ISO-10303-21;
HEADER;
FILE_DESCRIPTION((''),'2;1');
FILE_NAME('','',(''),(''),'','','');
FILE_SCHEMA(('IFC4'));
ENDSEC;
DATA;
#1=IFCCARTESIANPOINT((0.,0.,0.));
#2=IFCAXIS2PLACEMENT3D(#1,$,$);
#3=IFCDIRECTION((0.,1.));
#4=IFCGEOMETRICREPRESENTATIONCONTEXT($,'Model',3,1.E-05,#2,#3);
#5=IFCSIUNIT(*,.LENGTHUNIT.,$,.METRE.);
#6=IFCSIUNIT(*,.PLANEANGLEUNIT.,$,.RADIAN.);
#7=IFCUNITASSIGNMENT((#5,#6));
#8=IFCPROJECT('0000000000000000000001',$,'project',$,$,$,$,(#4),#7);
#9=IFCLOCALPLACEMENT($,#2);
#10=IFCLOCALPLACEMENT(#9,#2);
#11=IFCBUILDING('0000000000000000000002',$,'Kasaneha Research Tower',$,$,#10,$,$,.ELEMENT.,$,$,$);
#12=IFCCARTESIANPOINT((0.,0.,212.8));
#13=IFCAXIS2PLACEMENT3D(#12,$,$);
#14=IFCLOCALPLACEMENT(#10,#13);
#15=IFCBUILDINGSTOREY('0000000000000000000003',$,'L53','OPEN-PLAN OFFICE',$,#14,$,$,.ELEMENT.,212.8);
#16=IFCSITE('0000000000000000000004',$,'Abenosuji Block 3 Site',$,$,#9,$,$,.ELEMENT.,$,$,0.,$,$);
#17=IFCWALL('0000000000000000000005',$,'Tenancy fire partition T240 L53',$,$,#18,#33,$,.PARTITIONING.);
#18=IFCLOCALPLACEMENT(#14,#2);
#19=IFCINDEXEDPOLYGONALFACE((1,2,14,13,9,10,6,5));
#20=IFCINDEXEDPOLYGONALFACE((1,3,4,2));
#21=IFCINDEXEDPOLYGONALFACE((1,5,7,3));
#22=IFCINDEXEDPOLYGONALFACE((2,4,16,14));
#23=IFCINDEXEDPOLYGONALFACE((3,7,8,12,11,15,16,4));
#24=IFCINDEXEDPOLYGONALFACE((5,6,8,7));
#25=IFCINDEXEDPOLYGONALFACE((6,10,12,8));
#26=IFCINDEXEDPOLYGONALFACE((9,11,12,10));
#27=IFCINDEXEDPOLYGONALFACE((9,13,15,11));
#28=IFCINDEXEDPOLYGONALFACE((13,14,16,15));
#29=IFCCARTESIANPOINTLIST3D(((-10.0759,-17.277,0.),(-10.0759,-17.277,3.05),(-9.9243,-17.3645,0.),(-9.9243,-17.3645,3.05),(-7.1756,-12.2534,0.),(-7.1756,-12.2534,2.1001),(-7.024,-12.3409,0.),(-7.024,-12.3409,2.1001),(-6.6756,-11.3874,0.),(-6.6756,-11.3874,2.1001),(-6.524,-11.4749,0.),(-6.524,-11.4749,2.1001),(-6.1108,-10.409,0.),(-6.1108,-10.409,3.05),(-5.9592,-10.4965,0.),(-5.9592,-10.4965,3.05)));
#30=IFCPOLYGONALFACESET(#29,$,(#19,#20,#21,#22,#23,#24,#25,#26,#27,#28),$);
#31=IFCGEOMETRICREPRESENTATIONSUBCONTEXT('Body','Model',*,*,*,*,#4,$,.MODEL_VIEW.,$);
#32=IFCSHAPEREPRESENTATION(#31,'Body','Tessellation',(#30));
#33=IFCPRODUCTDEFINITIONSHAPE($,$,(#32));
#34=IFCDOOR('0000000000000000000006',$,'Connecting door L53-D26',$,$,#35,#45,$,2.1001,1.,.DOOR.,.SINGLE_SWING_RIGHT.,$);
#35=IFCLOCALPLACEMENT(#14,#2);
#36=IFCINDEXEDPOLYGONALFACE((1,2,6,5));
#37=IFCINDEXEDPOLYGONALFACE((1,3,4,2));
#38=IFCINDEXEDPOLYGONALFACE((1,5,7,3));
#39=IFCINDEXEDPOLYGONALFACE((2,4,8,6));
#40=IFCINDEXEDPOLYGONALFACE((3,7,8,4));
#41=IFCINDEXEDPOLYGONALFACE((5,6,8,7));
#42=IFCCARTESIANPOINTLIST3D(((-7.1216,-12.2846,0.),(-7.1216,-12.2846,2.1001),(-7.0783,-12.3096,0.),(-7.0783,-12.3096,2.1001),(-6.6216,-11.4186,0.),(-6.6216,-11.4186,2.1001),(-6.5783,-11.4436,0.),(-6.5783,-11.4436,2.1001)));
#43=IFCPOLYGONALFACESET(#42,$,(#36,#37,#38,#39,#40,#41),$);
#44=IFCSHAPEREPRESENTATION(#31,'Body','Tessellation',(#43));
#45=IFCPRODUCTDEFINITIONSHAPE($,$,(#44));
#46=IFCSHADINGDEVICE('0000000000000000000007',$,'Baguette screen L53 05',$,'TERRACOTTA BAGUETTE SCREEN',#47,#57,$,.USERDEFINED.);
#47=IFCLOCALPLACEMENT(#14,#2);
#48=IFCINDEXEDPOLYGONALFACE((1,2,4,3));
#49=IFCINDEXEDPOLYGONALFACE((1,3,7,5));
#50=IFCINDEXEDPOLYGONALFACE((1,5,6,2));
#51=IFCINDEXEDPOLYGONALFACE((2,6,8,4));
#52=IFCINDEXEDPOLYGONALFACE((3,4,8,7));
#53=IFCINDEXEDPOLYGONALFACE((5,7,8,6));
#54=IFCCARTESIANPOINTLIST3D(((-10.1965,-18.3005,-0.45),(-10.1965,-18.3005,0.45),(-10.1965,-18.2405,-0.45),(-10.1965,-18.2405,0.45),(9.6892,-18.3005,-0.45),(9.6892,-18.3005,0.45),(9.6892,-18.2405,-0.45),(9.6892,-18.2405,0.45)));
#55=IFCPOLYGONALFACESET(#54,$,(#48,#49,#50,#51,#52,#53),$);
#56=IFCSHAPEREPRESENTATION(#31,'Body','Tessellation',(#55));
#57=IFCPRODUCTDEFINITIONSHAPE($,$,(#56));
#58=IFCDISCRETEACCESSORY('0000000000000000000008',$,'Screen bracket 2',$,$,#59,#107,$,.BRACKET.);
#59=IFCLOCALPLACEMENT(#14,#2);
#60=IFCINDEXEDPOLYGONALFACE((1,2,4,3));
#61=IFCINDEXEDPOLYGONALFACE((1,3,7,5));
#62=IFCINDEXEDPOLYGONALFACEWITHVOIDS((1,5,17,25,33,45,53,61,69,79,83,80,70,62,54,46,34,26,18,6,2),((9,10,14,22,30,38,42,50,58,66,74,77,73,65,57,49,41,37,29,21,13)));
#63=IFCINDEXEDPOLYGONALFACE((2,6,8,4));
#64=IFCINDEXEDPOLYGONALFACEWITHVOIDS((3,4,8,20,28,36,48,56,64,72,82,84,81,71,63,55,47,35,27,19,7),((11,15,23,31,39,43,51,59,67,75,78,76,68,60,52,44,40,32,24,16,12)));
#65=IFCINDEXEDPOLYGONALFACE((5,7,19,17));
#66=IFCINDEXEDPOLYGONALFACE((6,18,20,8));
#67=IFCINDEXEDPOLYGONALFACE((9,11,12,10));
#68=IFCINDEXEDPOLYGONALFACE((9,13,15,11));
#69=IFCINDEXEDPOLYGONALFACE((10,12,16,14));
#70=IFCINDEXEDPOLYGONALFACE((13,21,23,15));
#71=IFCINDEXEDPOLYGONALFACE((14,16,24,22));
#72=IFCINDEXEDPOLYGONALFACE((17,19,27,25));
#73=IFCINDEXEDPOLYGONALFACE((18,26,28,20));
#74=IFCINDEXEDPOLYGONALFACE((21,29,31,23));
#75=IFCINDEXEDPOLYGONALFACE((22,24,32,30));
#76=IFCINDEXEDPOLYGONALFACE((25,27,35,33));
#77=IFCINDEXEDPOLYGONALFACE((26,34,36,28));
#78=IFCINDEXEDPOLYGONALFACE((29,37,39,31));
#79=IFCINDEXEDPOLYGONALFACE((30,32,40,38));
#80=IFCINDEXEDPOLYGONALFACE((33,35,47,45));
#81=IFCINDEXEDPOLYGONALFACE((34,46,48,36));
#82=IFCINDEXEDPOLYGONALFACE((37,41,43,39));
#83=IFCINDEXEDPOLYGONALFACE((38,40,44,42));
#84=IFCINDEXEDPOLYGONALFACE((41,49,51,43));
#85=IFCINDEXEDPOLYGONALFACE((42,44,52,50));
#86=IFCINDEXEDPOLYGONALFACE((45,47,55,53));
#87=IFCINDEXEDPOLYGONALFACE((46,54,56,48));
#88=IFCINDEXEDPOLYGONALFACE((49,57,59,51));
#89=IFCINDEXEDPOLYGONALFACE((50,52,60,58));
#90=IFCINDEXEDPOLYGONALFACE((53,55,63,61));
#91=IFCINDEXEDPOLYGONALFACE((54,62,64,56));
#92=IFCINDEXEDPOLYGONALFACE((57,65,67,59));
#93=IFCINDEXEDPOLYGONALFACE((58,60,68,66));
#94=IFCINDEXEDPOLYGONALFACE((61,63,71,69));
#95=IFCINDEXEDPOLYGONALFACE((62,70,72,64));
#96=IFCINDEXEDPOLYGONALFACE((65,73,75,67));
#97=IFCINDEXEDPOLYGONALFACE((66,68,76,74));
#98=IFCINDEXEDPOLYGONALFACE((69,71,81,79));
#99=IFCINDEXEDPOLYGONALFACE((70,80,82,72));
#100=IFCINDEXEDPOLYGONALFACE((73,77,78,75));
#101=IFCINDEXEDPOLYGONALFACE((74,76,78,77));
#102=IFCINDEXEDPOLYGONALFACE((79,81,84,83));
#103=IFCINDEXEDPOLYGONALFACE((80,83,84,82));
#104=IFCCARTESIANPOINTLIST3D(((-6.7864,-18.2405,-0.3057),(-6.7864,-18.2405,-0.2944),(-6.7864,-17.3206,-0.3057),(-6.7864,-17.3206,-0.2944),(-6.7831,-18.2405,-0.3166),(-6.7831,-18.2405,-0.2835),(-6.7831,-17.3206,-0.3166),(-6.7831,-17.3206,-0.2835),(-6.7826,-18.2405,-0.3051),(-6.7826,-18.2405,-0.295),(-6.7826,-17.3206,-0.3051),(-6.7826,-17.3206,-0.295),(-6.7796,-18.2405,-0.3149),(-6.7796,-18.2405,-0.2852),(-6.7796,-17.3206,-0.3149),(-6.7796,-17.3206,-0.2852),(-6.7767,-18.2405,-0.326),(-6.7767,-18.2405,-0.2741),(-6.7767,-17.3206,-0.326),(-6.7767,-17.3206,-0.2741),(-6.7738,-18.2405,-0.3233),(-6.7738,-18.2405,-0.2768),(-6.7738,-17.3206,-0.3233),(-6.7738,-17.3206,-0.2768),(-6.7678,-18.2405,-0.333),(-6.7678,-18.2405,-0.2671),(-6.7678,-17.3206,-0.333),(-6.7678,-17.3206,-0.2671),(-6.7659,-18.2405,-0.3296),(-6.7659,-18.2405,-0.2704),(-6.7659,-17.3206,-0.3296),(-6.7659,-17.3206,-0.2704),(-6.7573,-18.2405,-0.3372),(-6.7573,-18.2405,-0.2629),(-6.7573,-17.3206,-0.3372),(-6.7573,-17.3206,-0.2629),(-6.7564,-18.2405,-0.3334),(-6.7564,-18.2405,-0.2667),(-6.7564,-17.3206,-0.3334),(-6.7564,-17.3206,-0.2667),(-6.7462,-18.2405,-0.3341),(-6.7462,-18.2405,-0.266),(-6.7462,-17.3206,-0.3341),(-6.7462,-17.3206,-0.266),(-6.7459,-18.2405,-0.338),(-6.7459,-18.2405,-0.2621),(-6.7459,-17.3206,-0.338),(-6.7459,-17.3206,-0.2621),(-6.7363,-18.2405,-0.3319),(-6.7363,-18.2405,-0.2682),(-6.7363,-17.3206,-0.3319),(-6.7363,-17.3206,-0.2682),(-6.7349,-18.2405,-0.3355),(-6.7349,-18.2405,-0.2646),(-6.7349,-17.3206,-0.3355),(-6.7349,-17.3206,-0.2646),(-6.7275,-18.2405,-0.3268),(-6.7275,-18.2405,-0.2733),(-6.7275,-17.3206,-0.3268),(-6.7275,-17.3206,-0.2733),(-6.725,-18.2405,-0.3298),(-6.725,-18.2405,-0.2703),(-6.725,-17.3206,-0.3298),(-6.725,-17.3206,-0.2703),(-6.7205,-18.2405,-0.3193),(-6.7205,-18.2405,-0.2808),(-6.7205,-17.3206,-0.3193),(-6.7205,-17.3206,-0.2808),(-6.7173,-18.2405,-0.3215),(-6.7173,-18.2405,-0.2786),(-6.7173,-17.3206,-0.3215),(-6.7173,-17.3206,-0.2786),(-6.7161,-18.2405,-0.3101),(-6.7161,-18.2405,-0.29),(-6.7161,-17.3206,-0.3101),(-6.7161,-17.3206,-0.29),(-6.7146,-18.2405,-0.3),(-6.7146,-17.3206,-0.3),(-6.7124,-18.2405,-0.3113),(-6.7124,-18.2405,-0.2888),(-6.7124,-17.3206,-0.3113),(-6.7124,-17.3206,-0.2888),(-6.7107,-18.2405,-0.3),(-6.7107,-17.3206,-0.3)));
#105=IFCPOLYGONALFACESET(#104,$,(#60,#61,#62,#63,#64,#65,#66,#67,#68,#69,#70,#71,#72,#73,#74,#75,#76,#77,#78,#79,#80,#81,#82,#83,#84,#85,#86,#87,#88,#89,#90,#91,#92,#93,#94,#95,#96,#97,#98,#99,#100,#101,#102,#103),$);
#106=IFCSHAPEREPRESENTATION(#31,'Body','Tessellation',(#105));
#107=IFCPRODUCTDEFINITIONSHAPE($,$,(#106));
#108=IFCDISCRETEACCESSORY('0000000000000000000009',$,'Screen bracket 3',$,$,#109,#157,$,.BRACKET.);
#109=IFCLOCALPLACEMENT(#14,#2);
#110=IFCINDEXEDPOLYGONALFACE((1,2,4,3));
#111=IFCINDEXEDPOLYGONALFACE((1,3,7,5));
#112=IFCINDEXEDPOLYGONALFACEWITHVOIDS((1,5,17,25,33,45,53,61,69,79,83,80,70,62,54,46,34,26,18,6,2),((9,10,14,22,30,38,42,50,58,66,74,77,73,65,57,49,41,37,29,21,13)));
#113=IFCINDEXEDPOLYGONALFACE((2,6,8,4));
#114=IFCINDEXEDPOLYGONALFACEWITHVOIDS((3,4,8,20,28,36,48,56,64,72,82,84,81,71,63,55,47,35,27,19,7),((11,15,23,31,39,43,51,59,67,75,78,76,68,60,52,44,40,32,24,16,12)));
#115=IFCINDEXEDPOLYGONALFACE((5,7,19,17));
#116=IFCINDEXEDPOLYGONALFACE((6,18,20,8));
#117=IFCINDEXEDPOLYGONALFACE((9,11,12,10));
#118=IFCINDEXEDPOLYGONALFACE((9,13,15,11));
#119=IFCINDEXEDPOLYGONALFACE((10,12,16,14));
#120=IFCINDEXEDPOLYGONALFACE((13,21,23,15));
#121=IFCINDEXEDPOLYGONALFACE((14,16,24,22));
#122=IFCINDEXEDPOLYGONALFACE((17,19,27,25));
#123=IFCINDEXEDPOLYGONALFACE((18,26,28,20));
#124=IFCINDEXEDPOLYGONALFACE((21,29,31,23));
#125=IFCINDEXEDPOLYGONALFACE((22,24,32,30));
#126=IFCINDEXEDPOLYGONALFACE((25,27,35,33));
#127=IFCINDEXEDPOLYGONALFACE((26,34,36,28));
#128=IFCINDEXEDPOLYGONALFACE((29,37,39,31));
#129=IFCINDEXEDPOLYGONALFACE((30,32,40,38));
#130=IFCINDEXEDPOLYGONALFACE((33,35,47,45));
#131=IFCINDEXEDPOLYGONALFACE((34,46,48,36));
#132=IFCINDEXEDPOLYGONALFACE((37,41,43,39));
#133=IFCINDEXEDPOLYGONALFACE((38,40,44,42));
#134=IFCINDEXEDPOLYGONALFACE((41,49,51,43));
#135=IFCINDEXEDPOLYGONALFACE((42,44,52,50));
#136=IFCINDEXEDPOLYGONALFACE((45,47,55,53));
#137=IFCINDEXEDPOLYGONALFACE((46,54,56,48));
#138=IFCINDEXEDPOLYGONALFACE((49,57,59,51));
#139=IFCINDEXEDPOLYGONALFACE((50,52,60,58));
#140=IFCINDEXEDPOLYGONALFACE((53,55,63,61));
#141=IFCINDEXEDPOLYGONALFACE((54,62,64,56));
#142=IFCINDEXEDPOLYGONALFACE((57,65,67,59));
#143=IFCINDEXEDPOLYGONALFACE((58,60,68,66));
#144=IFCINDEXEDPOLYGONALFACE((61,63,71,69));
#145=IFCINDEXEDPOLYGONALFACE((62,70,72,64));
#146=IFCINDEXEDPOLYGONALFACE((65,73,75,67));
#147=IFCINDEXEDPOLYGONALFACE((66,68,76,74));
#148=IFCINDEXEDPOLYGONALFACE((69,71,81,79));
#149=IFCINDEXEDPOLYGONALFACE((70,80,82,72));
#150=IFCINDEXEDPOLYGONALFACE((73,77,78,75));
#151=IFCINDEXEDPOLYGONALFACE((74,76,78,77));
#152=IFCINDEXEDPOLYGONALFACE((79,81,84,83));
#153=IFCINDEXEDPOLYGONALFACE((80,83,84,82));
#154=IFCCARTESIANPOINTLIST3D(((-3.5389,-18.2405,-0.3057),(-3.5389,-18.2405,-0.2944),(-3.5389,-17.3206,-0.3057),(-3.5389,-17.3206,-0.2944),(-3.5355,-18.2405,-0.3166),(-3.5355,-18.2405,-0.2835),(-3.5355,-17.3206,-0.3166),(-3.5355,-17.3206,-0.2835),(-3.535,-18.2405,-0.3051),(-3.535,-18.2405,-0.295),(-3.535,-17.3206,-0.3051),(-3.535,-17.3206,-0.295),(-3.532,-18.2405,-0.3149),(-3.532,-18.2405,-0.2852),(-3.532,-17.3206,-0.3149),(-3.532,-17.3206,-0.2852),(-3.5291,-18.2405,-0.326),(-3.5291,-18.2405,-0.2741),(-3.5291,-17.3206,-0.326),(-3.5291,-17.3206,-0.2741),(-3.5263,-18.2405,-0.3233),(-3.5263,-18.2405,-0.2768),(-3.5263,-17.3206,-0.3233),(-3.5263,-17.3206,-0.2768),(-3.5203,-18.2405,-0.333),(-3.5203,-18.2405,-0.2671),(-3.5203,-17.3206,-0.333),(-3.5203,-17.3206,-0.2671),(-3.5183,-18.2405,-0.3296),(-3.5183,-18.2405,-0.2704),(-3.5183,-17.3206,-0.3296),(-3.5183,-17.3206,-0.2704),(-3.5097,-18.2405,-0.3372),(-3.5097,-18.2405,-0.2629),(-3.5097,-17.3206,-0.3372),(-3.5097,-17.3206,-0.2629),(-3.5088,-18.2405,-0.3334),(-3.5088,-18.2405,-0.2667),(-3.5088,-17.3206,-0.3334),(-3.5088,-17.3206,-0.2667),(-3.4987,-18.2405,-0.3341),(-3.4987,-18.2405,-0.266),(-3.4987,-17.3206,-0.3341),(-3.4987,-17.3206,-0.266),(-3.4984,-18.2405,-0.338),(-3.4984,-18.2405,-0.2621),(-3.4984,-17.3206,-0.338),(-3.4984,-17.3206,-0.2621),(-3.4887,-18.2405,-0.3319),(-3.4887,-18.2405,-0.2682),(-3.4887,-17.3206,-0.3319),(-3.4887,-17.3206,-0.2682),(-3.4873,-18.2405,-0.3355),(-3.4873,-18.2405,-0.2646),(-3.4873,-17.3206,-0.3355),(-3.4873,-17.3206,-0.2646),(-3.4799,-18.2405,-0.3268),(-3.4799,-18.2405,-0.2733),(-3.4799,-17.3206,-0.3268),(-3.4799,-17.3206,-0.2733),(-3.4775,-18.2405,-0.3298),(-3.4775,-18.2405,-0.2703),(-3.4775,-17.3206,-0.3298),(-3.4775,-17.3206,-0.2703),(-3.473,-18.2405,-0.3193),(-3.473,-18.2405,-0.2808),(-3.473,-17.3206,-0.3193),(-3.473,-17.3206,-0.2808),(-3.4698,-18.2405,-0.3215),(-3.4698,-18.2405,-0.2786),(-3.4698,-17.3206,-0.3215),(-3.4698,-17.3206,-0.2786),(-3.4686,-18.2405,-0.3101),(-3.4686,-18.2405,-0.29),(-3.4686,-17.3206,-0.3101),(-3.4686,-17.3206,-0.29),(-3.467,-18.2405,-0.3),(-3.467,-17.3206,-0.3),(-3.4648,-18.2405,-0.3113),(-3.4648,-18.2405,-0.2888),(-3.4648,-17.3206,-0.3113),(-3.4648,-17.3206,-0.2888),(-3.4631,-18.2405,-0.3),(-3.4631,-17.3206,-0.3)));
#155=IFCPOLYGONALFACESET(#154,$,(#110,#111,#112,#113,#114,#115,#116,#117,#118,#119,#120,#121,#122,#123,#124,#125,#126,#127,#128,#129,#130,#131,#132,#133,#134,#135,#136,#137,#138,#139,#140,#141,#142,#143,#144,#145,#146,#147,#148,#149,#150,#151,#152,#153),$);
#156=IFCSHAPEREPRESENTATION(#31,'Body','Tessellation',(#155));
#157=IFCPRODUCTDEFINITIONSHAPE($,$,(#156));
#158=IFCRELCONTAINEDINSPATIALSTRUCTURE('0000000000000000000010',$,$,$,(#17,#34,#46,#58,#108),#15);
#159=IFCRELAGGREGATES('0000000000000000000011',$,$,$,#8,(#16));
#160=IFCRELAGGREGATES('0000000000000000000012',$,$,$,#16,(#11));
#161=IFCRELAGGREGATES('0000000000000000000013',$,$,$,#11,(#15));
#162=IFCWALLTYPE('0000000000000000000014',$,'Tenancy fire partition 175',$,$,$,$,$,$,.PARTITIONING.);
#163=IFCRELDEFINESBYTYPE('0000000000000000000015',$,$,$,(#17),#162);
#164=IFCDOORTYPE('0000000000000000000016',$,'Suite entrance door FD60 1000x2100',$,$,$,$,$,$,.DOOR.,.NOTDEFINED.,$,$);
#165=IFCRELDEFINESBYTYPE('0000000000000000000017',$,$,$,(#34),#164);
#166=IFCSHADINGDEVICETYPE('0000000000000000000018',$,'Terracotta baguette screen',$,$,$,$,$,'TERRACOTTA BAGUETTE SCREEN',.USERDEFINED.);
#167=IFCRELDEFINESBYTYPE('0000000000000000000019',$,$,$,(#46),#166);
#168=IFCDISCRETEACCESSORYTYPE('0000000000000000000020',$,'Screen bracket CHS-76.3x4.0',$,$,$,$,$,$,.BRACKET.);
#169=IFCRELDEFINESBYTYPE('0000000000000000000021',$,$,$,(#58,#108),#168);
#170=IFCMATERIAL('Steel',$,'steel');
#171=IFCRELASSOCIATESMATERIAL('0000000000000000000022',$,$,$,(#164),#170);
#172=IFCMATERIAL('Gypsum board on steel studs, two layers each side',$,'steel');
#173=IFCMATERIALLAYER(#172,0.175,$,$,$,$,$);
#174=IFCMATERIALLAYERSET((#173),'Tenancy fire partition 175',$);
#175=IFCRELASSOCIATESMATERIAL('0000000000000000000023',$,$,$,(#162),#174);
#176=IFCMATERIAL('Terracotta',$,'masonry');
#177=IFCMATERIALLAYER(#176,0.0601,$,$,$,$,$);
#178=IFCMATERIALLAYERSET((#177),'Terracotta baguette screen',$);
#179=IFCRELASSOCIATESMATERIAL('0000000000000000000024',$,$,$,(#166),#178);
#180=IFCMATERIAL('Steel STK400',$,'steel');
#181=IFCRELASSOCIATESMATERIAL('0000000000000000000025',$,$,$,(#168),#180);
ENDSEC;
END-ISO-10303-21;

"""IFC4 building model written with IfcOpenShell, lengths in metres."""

from ifc_helpers import new_model, si_unit, direction, frame, frame_2d, origin, origin_2d, place, context, subcontext, project, spatial, rectangle, hollow_circle, extrude, material, layer, layer_set, material_profile, profile_set, type_object, element, fill, save


model = new_model("IFC4")

# Units and contexts
model_context = context("Model", 3, precision=1e-05, world=origin(), true_north=direction((0.0, 1.0)))
body_context = subcontext(model_context, "Body", "Model", "MODEL_VIEW")
ifc_project = project(units=[si_unit("LENGTHUNIT", "METRE"), si_unit("PLANEANGLEUNIT", "RADIAN")], contexts=[model_context])

# Site, building, storey
site_placement = place(None, origin())
site = spatial("IfcSite", under=ifc_project, at=site_placement, Name="Abenosuji Block 3 Site", CompositionType="ELEMENT", RefElevation=0.0)
building_placement = place(site_placement, origin())
building = spatial("IfcBuilding", under=site, at=building_placement, Name="Kasaneha Research Tower", CompositionType="ELEMENT")
storey_placement = place(building_placement, frame((0.0, 0.0, 212.8)))
storey = spatial("IfcBuildingStorey", under=building, at=storey_placement, Name="L53", Description="OPEN-PLAN OFFICE", CompositionType="ELEMENT", Elevation=212.8)

# Shared definitions
ifc_material_1 = material(Name="Steel", Category="steel")
door_type_1 = type_object("IfcDoorType", Name="Suite entrance door FD60 1000x2100", OperationType="NOTDEFINED", PredefinedType="DOOR", material=ifc_material_1)

# Wall, opening, door
ifc_material_2 = material(Name="Gypsum board on steel studs, two layers each side", Category="steel")
ifc_layer_1 = layer(ifc_material_2, 0.175)
ifc_layer_set_1 = layer_set([ifc_layer_1], Name="Tenancy fire partition 175")
wall_type_1 = type_object("IfcWallType", Name="Tenancy fire partition 175", PredefinedType="PARTITIONING", material=ifc_layer_set_1)
wall_1_placement = place(storey_placement, frame((-6.0349, -10.4526, 0.0), z_axis=(0.0, 0.0, 1.0), x_axis=(-0.49999, -0.866031, 0.0)))
wall_1 = element("IfcWall", 1, at=wall_1_placement, inside=storey, type_object=wall_type_1, Name="Tenancy fire partition T240 L53", PredefinedType="PARTITIONING", context=body_context, shape_type="SweptSolid", body=[
    extrude(rectangle(XDim=7.9304, YDim=0.175, at=frame_2d((3.9653, 0.0))), origin(), (0.0, 0.0, 1.0), 3.05),
])
opening_1_placement = place(wall_1_placement, frame((1.1299, 0.0, 0.0)))
opening_1 = element("IfcOpeningElement", 2, at=opening_1_placement, cuts=wall_1, PredefinedType="OPENING", context=body_context, shape_type="SweptSolid", body=[
    extrude(rectangle(XDim=1.0, YDim=2.1001, at=frame_2d((0.5, 1.05))), frame((0.0, 0.0977, 0.0), z_axis=(0.0, -1.0, 0.0), x_axis=(1.0, 0.0, 0.0)), (0.0, 0.0, 1.0), 0.1951),
])
door_1_placement = place(opening_1_placement, origin())
door_1 = element("IfcDoor", 3, at=door_1_placement, inside=storey, type_object=door_type_1, Name="Connecting door L53-D26", OperationType="SINGLE_SWING_RIGHT", OverallHeight=2.1001, OverallWidth=1.0, PredefinedType="DOOR", context=body_context, shape_type="SweptSolid", body=[
    extrude(rectangle(XDim=1.0, YDim=2.1001, at=frame_2d((0.5, 1.05))), frame((0.0, 0.0249, 0.0), z_axis=(0.0, -1.0, 0.0), x_axis=(1.0, 0.0, 0.0)), (0.0, 0.0, 1.0), 0.05),
])
fill(opening_1, door_1)

# Shading device
ifc_material_3 = material(Name="Terracotta", Category="masonry")
ifc_layer_2 = layer(ifc_material_3, 0.0601)
ifc_layer_set_2 = layer_set([ifc_layer_2], Name="Terracotta baguette screen")
shading_device_type = type_object("IfcShadingDeviceType", Name="Terracotta baguette screen", ElementType="TERRACOTTA BAGUETTE SCREEN", PredefinedType="USERDEFINED", material=ifc_layer_set_2)
shading_device_placement = place(storey_placement, frame((-0.2537, -18.2705, -0.45), z_axis=(0.0, 0.0, 1.0), x_axis=(1.0, 0.0, 0.0)))
element("IfcShadingDevice", 4, at=shading_device_placement, inside=storey, type_object=shading_device_type, Name="Baguette screen L53 05", ObjectType="TERRACOTTA BAGUETTE SCREEN", PredefinedType="USERDEFINED", context=body_context, shape_type="SweptSolid", body=[
    extrude(rectangle(XDim=19.8857, YDim=0.0601, at=origin_2d()), origin(), (0.0, 0.0, 1.0), 0.8999),
])

# Discrete accessories
ifc_material_4 = material(Name="Steel STK400", Category="steel")
ifc_material_profile_1 = material_profile(ifc_material_4, hollow_circle(Radius=0.0381, WallThickness=0.0039, at=origin_2d()), Name="CHS-76.3x4.0")
ifc_profile_set_1 = profile_set([ifc_material_profile_1], Name="Steel STK400")
discrete_accessory_type = type_object("IfcDiscreteAccessoryType", Name="Screen bracket CHS-76.3x4.0", PredefinedType="BRACKET", material=ifc_profile_set_1)
for number, where, z_axis, x_axis, name in (
    (5, (-6.7488, -17.3206, -0.3), (0.0, -1.0, 0.0), (1.0, 0.0, 0.0), "Screen bracket 2"),
    (6, (-3.5012, -17.3206, -0.3), (0.0, -1.0, 0.0), (1.0, 0.0, 0.0), "Screen bracket 3"),
):
    element("IfcDiscreteAccessory", number, at=place(storey_placement, frame(where, z_axis=z_axis, x_axis=x_axis)), inside=storey, type_object=discrete_accessory_type, Name=name, PredefinedType="BRACKET", context=body_context, shape_type="SweptSolid", body=[
        extrude(hollow_circle(Radius=0.0381, WallThickness=0.0039, at=origin_2d()), origin(), (0.0, 0.0, 1.0), 0.9199),
    ])

save(model, "model.ifc")
